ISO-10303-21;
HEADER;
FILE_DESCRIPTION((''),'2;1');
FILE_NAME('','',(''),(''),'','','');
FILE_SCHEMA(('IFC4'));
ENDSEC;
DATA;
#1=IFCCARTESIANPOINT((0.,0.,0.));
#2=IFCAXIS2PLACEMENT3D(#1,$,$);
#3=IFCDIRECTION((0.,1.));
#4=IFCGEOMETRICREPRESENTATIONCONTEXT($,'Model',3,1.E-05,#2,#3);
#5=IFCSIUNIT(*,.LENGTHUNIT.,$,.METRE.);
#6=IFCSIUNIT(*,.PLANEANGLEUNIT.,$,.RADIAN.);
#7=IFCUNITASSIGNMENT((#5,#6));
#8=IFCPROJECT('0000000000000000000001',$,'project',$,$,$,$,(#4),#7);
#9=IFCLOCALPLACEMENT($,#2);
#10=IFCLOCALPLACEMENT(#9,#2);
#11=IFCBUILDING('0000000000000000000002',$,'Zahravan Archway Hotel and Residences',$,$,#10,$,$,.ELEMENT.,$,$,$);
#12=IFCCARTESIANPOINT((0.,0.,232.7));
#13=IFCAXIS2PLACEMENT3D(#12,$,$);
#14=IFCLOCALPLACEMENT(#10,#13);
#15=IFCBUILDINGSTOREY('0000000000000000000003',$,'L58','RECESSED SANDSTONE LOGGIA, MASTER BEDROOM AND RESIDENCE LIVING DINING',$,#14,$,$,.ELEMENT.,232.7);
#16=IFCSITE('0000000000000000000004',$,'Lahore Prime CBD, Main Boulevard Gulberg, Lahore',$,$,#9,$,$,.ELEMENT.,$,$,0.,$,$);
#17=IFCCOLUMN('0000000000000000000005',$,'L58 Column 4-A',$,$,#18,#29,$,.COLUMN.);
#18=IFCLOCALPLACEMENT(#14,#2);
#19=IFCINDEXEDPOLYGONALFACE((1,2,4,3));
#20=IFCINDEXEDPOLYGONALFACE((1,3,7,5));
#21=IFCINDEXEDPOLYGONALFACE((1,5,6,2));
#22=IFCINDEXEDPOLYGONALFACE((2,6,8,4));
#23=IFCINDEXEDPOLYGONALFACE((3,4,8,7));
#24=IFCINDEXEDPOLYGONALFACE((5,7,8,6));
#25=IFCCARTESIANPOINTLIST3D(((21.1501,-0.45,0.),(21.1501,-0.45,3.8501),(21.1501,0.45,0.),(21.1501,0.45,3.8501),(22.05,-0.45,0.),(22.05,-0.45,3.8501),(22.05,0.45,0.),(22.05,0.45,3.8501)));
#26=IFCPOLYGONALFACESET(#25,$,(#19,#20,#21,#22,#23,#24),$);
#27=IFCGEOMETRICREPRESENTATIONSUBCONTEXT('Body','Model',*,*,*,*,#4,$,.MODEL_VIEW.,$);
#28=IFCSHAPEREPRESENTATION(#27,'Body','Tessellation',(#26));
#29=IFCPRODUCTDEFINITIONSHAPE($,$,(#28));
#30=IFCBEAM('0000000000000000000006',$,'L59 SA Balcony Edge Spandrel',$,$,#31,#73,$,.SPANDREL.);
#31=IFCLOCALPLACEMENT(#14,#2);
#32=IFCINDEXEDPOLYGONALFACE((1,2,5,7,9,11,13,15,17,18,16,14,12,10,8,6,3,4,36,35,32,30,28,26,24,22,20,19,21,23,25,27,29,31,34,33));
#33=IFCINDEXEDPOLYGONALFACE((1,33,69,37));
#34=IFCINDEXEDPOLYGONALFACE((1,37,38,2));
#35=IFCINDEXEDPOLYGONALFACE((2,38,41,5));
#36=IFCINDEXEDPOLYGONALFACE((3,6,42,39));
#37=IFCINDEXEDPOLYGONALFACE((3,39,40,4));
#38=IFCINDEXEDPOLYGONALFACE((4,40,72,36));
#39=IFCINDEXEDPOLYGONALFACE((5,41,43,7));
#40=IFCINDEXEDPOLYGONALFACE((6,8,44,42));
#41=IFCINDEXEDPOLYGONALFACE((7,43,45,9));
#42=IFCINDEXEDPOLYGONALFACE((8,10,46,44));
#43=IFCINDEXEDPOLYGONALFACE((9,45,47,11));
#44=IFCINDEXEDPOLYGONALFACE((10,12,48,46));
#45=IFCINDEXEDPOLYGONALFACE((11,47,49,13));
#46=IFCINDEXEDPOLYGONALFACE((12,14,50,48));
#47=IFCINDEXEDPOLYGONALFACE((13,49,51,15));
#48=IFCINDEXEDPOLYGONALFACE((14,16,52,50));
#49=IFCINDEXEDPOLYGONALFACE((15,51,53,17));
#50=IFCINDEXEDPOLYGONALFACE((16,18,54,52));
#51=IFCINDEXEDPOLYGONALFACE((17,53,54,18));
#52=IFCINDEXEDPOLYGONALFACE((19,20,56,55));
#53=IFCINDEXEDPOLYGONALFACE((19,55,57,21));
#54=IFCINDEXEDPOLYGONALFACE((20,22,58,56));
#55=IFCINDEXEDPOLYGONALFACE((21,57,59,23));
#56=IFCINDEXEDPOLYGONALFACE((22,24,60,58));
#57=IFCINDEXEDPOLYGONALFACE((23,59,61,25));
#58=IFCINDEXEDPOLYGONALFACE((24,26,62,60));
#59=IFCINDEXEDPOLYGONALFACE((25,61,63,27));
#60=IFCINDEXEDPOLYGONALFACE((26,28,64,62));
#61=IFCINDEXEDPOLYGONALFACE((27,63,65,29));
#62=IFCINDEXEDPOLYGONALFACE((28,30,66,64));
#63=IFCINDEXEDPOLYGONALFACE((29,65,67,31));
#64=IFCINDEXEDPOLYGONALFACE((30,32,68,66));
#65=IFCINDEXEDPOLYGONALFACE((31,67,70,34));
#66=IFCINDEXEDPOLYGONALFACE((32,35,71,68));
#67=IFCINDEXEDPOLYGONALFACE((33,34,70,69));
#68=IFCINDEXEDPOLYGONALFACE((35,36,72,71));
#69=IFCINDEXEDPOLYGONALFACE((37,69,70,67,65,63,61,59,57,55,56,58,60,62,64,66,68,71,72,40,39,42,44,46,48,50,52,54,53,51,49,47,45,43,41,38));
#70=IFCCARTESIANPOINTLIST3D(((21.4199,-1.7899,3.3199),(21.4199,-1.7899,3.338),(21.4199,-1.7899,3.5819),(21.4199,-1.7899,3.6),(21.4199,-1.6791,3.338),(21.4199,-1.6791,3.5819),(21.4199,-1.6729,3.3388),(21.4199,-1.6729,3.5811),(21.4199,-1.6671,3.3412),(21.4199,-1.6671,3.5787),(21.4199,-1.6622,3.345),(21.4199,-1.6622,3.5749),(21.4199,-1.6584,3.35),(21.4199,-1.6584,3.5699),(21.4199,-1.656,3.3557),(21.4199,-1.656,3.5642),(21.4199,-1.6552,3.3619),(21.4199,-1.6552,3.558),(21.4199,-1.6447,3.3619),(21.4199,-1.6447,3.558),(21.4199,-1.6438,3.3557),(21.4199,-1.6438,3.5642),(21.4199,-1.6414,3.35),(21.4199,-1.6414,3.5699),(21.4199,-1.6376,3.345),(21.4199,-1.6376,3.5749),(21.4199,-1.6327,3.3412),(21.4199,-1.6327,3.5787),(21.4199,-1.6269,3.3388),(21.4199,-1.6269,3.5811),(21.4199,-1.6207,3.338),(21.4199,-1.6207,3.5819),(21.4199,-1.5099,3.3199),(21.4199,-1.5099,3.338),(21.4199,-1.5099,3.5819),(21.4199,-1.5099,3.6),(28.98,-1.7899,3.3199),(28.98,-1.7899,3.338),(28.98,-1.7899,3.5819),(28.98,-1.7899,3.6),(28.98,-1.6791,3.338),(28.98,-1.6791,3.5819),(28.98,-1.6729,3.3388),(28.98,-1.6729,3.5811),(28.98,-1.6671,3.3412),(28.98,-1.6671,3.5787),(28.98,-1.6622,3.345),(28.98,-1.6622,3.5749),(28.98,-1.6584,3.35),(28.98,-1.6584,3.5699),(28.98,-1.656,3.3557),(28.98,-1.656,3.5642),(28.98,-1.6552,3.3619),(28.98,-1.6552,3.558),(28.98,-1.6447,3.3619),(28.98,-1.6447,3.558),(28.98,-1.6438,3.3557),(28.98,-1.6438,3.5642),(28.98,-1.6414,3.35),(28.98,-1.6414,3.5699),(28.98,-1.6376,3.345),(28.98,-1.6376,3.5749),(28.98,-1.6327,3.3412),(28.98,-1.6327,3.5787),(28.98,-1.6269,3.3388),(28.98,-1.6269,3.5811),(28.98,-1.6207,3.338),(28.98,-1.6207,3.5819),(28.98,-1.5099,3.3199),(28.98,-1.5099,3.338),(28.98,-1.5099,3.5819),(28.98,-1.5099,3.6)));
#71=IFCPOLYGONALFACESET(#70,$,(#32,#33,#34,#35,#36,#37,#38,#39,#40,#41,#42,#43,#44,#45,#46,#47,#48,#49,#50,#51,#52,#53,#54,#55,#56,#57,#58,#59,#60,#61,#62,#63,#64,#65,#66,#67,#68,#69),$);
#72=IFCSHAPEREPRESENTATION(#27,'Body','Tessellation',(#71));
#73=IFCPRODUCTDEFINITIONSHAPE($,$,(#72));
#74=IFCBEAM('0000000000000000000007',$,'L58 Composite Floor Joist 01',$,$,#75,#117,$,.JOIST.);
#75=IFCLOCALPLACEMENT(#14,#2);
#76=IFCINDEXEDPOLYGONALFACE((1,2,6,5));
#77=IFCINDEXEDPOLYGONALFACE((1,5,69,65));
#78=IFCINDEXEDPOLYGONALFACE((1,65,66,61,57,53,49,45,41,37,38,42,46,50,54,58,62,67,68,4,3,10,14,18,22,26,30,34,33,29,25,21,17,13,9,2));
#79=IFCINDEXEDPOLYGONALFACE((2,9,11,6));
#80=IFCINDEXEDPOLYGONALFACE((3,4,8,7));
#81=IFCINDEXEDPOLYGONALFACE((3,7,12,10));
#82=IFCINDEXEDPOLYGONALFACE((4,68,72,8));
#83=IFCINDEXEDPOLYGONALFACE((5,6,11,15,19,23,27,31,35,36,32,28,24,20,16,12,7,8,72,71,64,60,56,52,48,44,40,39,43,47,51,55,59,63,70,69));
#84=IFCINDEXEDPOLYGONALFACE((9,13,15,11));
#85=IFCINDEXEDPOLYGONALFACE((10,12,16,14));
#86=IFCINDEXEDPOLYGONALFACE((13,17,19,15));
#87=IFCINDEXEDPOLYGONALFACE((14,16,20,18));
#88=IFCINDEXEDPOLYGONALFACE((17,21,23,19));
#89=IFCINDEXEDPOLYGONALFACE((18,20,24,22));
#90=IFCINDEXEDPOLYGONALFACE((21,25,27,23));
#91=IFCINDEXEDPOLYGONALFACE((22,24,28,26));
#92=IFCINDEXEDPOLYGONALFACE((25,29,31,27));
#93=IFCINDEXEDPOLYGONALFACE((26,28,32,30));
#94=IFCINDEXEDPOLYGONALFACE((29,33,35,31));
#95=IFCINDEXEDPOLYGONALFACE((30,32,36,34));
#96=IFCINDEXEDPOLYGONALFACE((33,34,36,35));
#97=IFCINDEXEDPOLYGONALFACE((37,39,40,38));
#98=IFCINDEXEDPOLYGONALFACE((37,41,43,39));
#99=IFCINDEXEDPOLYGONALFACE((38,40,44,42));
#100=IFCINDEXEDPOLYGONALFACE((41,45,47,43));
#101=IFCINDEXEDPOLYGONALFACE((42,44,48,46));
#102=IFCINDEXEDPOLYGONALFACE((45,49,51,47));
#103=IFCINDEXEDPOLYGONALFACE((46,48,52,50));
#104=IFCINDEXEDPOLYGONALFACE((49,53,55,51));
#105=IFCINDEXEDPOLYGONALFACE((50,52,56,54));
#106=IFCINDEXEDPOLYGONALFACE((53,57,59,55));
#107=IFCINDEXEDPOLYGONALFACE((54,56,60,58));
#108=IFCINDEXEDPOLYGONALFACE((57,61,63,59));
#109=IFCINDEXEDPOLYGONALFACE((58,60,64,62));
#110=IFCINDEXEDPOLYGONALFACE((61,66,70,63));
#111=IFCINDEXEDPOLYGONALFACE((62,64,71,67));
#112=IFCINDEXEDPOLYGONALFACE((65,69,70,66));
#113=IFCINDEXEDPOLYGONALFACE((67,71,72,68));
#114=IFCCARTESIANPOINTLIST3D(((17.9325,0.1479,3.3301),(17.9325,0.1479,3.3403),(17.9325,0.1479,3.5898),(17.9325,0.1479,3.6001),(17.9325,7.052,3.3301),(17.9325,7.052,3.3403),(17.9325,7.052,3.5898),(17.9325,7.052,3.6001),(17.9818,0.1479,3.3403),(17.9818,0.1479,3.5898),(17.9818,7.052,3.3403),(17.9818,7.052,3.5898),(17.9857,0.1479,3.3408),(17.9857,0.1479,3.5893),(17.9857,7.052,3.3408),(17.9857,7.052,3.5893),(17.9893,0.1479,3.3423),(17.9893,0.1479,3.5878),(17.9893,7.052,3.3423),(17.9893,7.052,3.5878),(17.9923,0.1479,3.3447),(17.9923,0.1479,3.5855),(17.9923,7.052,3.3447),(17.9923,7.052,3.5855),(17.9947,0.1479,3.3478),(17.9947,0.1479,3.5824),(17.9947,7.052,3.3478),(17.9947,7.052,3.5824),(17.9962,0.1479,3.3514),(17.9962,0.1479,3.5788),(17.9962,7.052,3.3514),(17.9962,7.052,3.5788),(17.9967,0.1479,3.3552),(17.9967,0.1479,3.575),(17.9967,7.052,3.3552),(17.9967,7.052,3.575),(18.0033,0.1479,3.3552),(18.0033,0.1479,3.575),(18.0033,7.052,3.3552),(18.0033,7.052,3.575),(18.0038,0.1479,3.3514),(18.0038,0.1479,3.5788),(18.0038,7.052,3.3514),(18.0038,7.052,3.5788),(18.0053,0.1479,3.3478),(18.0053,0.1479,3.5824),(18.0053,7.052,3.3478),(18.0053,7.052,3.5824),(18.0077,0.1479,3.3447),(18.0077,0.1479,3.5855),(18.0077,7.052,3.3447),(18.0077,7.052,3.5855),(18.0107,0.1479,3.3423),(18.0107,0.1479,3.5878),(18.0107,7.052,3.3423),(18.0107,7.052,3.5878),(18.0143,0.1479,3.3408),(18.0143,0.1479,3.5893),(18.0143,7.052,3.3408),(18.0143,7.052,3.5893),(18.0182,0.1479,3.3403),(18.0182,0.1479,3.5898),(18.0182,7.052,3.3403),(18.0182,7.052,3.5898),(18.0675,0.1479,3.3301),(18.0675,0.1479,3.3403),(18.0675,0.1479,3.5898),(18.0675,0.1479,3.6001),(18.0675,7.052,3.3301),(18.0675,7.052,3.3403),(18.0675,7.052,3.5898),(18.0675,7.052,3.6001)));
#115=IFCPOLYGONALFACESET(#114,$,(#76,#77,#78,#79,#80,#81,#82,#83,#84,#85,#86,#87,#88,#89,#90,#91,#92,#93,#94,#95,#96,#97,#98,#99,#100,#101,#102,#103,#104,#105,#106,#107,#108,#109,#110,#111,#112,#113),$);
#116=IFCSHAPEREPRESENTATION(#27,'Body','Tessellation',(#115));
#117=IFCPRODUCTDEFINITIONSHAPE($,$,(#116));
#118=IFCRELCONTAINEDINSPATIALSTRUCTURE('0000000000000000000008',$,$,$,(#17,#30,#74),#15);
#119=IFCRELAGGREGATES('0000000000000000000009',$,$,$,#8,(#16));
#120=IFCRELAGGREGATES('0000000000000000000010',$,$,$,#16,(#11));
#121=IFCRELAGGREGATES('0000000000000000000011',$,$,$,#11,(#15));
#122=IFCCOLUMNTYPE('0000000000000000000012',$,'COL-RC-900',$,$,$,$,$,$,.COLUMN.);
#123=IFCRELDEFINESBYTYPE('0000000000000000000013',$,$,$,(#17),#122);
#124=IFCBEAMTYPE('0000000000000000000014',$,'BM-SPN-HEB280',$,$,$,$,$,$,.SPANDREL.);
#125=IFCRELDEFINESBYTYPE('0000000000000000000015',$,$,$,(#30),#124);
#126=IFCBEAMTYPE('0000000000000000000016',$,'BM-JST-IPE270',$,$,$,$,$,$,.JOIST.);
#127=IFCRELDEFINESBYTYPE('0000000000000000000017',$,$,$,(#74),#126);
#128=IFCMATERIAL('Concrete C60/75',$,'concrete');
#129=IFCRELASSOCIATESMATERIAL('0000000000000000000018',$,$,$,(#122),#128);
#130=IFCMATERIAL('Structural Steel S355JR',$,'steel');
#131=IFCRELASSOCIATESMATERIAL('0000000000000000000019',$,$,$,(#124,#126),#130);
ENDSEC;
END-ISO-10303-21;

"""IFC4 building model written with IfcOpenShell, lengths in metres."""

from ifc_helpers import new_model, si_unit, direction, frame, origin, origin_2d, place, context, subcontext, project, spatial, rectangle, i_section, extrude, source, transform, mapped, material, material_profile, profile_set, type_object, type_shapes, element, save


model = new_model("IFC4")

# Units and contexts
model_context = context("Model", 3, precision=1e-05, world=origin(), true_north=direction((0.0, 1.0)))
body_context = subcontext(model_context, "Body", "Model", "MODEL_VIEW")
ifc_project = project(units=[si_unit("LENGTHUNIT", "METRE"), si_unit("PLANEANGLEUNIT", "RADIAN")], contexts=[model_context])

# Site, building, storey
site_placement = place(None, origin())
site = spatial("IfcSite", under=ifc_project, at=site_placement, Name="Lahore Prime CBD, Main Boulevard Gulberg, Lahore", CompositionType="ELEMENT", RefElevation=0.0)
building_placement = place(site_placement, origin())
building = spatial("IfcBuilding", under=site, at=building_placement, Name="Zahravan Archway Hotel and Residences", CompositionType="ELEMENT")
storey_placement = place(building_placement, frame((0.0, 0.0, 232.7)))
storey = spatial("IfcBuildingStorey", under=building, at=storey_placement, Name="L58", Description="RECESSED SANDSTONE LOGGIA, MASTER BEDROOM AND RESIDENCE LIVING DINING", CompositionType="ELEMENT", Elevation=232.7)

# Column
ifc_material_1 = material(Name="Concrete C60/75", Category="concrete")
ifc_material_profile_1 = material_profile(ifc_material_1, rectangle(XDim=0.8999, YDim=0.8999, at=origin_2d()), Name="RC-COL-900x900", Category="concrete")
ifc_profile_set_1 = profile_set([ifc_material_profile_1], Name="Concrete C60/75")
column_type = type_object("IfcColumnType", Name="COL-RC-900", PredefinedType="COLUMN", material=ifc_profile_set_1)
shared_shape_1 = source(origin(), body_context, "Body", "SweptSolid", [
    extrude(rectangle(XDim=0.8999, YDim=0.8999, at=origin_2d()), origin(), (0.0, 0.0, 1.0), 3.8501),
])
type_shapes(column_type, [shared_shape_1])
column_placement = place(storey_placement, frame((21.6001, 0.0, 0.0), z_axis=(0.0, 0.0, 1.0), x_axis=(1.0, 0.0, 0.0)))
element("IfcColumn", 1, at=column_placement, inside=storey, type_object=column_type, Name="L58 Column 4-A", PredefinedType="COLUMN", context=body_context, shape_type="MappedRepresentation", body=[
    mapped(shared_shape_1, transform((0.0, 0.0, 0.0), scale=1.0)),
])

# Beams
ifc_material_2 = material(Name="Structural Steel S355JR", Category="steel")
ifc_material_profile_2 = material_profile(ifc_material_2, i_section(OverallWidth=0.28, OverallDepth=0.28, WebThickness=0.0105, FlangeThickness=0.0181, FilletRadius=0.0239, at=origin_2d()), Name="HEB 280", Category="steel")
ifc_profile_set_2 = profile_set([ifc_material_profile_2], Name="Structural Steel S355JR")
beam_type_1 = type_object("IfcBeamType", Name="BM-SPN-HEB280", PredefinedType="SPANDREL", material=ifc_profile_set_2)
shared_shape_2 = source(origin(), body_context, "Body", "SweptSolid", [
    extrude(i_section(OverallWidth=0.28, OverallDepth=0.28, WebThickness=0.0105, FlangeThickness=0.0181, FilletRadius=0.0239, at=origin_2d()), origin(), (0.0, 0.0, 1.0), 7.5601),
])
type_shapes(beam_type_1, [shared_shape_2])
beam_1_placement = place(storey_placement, frame((21.4199, -1.6499, 3.46), z_axis=(1.0, 0.0, 0.0), x_axis=(0.0, 1.0, 0.0)))
element("IfcBeam", 2, at=beam_1_placement, inside=storey, type_object=beam_type_1, Name="L59 SA Balcony Edge Spandrel", PredefinedType="SPANDREL", context=body_context, shape_type="MappedRepresentation", body=[
    mapped(shared_shape_2, transform((0.0, 0.0, 0.0), scale=1.0)),
])
ifc_material_profile_3 = material_profile(ifc_material_2, i_section(OverallWidth=0.135, OverallDepth=0.27, WebThickness=0.0066, FlangeThickness=0.0103, FilletRadius=0.0149, at=origin_2d()), Name="IPE 270", Category="steel")
ifc_profile_set_3 = profile_set([ifc_material_profile_3], Name="Structural Steel S355JR")
beam_type_2 = type_object("IfcBeamType", Name="BM-JST-IPE270", PredefinedType="JOIST", material=ifc_profile_set_3)
shared_shape_3 = source(origin(), body_context, "Body", "SweptSolid", [
    extrude(i_section(OverallWidth=0.135, OverallDepth=0.27, WebThickness=0.0066, FlangeThickness=0.0103, FilletRadius=0.0149, at=origin_2d()), origin(), (0.0, 0.0, 1.0), 6.9041),
])
type_shapes(beam_type_2, [shared_shape_3])
beam_2_placement = place(storey_placement, frame((18.0, 0.1479, 3.4651), z_axis=(0.0, 1.0, 0.0), x_axis=(-1.0, 0.0, 0.0)))
element("IfcBeam", 3, at=beam_2_placement, inside=storey, type_object=beam_type_2, Name="L58 Composite Floor Joist 01", PredefinedType="JOIST", context=body_context, shape_type="MappedRepresentation", body=[
    mapped(shared_shape_3, transform((0.0, 0.0, 0.0), scale=1.0)),
])

save(model, "model.ifc")
